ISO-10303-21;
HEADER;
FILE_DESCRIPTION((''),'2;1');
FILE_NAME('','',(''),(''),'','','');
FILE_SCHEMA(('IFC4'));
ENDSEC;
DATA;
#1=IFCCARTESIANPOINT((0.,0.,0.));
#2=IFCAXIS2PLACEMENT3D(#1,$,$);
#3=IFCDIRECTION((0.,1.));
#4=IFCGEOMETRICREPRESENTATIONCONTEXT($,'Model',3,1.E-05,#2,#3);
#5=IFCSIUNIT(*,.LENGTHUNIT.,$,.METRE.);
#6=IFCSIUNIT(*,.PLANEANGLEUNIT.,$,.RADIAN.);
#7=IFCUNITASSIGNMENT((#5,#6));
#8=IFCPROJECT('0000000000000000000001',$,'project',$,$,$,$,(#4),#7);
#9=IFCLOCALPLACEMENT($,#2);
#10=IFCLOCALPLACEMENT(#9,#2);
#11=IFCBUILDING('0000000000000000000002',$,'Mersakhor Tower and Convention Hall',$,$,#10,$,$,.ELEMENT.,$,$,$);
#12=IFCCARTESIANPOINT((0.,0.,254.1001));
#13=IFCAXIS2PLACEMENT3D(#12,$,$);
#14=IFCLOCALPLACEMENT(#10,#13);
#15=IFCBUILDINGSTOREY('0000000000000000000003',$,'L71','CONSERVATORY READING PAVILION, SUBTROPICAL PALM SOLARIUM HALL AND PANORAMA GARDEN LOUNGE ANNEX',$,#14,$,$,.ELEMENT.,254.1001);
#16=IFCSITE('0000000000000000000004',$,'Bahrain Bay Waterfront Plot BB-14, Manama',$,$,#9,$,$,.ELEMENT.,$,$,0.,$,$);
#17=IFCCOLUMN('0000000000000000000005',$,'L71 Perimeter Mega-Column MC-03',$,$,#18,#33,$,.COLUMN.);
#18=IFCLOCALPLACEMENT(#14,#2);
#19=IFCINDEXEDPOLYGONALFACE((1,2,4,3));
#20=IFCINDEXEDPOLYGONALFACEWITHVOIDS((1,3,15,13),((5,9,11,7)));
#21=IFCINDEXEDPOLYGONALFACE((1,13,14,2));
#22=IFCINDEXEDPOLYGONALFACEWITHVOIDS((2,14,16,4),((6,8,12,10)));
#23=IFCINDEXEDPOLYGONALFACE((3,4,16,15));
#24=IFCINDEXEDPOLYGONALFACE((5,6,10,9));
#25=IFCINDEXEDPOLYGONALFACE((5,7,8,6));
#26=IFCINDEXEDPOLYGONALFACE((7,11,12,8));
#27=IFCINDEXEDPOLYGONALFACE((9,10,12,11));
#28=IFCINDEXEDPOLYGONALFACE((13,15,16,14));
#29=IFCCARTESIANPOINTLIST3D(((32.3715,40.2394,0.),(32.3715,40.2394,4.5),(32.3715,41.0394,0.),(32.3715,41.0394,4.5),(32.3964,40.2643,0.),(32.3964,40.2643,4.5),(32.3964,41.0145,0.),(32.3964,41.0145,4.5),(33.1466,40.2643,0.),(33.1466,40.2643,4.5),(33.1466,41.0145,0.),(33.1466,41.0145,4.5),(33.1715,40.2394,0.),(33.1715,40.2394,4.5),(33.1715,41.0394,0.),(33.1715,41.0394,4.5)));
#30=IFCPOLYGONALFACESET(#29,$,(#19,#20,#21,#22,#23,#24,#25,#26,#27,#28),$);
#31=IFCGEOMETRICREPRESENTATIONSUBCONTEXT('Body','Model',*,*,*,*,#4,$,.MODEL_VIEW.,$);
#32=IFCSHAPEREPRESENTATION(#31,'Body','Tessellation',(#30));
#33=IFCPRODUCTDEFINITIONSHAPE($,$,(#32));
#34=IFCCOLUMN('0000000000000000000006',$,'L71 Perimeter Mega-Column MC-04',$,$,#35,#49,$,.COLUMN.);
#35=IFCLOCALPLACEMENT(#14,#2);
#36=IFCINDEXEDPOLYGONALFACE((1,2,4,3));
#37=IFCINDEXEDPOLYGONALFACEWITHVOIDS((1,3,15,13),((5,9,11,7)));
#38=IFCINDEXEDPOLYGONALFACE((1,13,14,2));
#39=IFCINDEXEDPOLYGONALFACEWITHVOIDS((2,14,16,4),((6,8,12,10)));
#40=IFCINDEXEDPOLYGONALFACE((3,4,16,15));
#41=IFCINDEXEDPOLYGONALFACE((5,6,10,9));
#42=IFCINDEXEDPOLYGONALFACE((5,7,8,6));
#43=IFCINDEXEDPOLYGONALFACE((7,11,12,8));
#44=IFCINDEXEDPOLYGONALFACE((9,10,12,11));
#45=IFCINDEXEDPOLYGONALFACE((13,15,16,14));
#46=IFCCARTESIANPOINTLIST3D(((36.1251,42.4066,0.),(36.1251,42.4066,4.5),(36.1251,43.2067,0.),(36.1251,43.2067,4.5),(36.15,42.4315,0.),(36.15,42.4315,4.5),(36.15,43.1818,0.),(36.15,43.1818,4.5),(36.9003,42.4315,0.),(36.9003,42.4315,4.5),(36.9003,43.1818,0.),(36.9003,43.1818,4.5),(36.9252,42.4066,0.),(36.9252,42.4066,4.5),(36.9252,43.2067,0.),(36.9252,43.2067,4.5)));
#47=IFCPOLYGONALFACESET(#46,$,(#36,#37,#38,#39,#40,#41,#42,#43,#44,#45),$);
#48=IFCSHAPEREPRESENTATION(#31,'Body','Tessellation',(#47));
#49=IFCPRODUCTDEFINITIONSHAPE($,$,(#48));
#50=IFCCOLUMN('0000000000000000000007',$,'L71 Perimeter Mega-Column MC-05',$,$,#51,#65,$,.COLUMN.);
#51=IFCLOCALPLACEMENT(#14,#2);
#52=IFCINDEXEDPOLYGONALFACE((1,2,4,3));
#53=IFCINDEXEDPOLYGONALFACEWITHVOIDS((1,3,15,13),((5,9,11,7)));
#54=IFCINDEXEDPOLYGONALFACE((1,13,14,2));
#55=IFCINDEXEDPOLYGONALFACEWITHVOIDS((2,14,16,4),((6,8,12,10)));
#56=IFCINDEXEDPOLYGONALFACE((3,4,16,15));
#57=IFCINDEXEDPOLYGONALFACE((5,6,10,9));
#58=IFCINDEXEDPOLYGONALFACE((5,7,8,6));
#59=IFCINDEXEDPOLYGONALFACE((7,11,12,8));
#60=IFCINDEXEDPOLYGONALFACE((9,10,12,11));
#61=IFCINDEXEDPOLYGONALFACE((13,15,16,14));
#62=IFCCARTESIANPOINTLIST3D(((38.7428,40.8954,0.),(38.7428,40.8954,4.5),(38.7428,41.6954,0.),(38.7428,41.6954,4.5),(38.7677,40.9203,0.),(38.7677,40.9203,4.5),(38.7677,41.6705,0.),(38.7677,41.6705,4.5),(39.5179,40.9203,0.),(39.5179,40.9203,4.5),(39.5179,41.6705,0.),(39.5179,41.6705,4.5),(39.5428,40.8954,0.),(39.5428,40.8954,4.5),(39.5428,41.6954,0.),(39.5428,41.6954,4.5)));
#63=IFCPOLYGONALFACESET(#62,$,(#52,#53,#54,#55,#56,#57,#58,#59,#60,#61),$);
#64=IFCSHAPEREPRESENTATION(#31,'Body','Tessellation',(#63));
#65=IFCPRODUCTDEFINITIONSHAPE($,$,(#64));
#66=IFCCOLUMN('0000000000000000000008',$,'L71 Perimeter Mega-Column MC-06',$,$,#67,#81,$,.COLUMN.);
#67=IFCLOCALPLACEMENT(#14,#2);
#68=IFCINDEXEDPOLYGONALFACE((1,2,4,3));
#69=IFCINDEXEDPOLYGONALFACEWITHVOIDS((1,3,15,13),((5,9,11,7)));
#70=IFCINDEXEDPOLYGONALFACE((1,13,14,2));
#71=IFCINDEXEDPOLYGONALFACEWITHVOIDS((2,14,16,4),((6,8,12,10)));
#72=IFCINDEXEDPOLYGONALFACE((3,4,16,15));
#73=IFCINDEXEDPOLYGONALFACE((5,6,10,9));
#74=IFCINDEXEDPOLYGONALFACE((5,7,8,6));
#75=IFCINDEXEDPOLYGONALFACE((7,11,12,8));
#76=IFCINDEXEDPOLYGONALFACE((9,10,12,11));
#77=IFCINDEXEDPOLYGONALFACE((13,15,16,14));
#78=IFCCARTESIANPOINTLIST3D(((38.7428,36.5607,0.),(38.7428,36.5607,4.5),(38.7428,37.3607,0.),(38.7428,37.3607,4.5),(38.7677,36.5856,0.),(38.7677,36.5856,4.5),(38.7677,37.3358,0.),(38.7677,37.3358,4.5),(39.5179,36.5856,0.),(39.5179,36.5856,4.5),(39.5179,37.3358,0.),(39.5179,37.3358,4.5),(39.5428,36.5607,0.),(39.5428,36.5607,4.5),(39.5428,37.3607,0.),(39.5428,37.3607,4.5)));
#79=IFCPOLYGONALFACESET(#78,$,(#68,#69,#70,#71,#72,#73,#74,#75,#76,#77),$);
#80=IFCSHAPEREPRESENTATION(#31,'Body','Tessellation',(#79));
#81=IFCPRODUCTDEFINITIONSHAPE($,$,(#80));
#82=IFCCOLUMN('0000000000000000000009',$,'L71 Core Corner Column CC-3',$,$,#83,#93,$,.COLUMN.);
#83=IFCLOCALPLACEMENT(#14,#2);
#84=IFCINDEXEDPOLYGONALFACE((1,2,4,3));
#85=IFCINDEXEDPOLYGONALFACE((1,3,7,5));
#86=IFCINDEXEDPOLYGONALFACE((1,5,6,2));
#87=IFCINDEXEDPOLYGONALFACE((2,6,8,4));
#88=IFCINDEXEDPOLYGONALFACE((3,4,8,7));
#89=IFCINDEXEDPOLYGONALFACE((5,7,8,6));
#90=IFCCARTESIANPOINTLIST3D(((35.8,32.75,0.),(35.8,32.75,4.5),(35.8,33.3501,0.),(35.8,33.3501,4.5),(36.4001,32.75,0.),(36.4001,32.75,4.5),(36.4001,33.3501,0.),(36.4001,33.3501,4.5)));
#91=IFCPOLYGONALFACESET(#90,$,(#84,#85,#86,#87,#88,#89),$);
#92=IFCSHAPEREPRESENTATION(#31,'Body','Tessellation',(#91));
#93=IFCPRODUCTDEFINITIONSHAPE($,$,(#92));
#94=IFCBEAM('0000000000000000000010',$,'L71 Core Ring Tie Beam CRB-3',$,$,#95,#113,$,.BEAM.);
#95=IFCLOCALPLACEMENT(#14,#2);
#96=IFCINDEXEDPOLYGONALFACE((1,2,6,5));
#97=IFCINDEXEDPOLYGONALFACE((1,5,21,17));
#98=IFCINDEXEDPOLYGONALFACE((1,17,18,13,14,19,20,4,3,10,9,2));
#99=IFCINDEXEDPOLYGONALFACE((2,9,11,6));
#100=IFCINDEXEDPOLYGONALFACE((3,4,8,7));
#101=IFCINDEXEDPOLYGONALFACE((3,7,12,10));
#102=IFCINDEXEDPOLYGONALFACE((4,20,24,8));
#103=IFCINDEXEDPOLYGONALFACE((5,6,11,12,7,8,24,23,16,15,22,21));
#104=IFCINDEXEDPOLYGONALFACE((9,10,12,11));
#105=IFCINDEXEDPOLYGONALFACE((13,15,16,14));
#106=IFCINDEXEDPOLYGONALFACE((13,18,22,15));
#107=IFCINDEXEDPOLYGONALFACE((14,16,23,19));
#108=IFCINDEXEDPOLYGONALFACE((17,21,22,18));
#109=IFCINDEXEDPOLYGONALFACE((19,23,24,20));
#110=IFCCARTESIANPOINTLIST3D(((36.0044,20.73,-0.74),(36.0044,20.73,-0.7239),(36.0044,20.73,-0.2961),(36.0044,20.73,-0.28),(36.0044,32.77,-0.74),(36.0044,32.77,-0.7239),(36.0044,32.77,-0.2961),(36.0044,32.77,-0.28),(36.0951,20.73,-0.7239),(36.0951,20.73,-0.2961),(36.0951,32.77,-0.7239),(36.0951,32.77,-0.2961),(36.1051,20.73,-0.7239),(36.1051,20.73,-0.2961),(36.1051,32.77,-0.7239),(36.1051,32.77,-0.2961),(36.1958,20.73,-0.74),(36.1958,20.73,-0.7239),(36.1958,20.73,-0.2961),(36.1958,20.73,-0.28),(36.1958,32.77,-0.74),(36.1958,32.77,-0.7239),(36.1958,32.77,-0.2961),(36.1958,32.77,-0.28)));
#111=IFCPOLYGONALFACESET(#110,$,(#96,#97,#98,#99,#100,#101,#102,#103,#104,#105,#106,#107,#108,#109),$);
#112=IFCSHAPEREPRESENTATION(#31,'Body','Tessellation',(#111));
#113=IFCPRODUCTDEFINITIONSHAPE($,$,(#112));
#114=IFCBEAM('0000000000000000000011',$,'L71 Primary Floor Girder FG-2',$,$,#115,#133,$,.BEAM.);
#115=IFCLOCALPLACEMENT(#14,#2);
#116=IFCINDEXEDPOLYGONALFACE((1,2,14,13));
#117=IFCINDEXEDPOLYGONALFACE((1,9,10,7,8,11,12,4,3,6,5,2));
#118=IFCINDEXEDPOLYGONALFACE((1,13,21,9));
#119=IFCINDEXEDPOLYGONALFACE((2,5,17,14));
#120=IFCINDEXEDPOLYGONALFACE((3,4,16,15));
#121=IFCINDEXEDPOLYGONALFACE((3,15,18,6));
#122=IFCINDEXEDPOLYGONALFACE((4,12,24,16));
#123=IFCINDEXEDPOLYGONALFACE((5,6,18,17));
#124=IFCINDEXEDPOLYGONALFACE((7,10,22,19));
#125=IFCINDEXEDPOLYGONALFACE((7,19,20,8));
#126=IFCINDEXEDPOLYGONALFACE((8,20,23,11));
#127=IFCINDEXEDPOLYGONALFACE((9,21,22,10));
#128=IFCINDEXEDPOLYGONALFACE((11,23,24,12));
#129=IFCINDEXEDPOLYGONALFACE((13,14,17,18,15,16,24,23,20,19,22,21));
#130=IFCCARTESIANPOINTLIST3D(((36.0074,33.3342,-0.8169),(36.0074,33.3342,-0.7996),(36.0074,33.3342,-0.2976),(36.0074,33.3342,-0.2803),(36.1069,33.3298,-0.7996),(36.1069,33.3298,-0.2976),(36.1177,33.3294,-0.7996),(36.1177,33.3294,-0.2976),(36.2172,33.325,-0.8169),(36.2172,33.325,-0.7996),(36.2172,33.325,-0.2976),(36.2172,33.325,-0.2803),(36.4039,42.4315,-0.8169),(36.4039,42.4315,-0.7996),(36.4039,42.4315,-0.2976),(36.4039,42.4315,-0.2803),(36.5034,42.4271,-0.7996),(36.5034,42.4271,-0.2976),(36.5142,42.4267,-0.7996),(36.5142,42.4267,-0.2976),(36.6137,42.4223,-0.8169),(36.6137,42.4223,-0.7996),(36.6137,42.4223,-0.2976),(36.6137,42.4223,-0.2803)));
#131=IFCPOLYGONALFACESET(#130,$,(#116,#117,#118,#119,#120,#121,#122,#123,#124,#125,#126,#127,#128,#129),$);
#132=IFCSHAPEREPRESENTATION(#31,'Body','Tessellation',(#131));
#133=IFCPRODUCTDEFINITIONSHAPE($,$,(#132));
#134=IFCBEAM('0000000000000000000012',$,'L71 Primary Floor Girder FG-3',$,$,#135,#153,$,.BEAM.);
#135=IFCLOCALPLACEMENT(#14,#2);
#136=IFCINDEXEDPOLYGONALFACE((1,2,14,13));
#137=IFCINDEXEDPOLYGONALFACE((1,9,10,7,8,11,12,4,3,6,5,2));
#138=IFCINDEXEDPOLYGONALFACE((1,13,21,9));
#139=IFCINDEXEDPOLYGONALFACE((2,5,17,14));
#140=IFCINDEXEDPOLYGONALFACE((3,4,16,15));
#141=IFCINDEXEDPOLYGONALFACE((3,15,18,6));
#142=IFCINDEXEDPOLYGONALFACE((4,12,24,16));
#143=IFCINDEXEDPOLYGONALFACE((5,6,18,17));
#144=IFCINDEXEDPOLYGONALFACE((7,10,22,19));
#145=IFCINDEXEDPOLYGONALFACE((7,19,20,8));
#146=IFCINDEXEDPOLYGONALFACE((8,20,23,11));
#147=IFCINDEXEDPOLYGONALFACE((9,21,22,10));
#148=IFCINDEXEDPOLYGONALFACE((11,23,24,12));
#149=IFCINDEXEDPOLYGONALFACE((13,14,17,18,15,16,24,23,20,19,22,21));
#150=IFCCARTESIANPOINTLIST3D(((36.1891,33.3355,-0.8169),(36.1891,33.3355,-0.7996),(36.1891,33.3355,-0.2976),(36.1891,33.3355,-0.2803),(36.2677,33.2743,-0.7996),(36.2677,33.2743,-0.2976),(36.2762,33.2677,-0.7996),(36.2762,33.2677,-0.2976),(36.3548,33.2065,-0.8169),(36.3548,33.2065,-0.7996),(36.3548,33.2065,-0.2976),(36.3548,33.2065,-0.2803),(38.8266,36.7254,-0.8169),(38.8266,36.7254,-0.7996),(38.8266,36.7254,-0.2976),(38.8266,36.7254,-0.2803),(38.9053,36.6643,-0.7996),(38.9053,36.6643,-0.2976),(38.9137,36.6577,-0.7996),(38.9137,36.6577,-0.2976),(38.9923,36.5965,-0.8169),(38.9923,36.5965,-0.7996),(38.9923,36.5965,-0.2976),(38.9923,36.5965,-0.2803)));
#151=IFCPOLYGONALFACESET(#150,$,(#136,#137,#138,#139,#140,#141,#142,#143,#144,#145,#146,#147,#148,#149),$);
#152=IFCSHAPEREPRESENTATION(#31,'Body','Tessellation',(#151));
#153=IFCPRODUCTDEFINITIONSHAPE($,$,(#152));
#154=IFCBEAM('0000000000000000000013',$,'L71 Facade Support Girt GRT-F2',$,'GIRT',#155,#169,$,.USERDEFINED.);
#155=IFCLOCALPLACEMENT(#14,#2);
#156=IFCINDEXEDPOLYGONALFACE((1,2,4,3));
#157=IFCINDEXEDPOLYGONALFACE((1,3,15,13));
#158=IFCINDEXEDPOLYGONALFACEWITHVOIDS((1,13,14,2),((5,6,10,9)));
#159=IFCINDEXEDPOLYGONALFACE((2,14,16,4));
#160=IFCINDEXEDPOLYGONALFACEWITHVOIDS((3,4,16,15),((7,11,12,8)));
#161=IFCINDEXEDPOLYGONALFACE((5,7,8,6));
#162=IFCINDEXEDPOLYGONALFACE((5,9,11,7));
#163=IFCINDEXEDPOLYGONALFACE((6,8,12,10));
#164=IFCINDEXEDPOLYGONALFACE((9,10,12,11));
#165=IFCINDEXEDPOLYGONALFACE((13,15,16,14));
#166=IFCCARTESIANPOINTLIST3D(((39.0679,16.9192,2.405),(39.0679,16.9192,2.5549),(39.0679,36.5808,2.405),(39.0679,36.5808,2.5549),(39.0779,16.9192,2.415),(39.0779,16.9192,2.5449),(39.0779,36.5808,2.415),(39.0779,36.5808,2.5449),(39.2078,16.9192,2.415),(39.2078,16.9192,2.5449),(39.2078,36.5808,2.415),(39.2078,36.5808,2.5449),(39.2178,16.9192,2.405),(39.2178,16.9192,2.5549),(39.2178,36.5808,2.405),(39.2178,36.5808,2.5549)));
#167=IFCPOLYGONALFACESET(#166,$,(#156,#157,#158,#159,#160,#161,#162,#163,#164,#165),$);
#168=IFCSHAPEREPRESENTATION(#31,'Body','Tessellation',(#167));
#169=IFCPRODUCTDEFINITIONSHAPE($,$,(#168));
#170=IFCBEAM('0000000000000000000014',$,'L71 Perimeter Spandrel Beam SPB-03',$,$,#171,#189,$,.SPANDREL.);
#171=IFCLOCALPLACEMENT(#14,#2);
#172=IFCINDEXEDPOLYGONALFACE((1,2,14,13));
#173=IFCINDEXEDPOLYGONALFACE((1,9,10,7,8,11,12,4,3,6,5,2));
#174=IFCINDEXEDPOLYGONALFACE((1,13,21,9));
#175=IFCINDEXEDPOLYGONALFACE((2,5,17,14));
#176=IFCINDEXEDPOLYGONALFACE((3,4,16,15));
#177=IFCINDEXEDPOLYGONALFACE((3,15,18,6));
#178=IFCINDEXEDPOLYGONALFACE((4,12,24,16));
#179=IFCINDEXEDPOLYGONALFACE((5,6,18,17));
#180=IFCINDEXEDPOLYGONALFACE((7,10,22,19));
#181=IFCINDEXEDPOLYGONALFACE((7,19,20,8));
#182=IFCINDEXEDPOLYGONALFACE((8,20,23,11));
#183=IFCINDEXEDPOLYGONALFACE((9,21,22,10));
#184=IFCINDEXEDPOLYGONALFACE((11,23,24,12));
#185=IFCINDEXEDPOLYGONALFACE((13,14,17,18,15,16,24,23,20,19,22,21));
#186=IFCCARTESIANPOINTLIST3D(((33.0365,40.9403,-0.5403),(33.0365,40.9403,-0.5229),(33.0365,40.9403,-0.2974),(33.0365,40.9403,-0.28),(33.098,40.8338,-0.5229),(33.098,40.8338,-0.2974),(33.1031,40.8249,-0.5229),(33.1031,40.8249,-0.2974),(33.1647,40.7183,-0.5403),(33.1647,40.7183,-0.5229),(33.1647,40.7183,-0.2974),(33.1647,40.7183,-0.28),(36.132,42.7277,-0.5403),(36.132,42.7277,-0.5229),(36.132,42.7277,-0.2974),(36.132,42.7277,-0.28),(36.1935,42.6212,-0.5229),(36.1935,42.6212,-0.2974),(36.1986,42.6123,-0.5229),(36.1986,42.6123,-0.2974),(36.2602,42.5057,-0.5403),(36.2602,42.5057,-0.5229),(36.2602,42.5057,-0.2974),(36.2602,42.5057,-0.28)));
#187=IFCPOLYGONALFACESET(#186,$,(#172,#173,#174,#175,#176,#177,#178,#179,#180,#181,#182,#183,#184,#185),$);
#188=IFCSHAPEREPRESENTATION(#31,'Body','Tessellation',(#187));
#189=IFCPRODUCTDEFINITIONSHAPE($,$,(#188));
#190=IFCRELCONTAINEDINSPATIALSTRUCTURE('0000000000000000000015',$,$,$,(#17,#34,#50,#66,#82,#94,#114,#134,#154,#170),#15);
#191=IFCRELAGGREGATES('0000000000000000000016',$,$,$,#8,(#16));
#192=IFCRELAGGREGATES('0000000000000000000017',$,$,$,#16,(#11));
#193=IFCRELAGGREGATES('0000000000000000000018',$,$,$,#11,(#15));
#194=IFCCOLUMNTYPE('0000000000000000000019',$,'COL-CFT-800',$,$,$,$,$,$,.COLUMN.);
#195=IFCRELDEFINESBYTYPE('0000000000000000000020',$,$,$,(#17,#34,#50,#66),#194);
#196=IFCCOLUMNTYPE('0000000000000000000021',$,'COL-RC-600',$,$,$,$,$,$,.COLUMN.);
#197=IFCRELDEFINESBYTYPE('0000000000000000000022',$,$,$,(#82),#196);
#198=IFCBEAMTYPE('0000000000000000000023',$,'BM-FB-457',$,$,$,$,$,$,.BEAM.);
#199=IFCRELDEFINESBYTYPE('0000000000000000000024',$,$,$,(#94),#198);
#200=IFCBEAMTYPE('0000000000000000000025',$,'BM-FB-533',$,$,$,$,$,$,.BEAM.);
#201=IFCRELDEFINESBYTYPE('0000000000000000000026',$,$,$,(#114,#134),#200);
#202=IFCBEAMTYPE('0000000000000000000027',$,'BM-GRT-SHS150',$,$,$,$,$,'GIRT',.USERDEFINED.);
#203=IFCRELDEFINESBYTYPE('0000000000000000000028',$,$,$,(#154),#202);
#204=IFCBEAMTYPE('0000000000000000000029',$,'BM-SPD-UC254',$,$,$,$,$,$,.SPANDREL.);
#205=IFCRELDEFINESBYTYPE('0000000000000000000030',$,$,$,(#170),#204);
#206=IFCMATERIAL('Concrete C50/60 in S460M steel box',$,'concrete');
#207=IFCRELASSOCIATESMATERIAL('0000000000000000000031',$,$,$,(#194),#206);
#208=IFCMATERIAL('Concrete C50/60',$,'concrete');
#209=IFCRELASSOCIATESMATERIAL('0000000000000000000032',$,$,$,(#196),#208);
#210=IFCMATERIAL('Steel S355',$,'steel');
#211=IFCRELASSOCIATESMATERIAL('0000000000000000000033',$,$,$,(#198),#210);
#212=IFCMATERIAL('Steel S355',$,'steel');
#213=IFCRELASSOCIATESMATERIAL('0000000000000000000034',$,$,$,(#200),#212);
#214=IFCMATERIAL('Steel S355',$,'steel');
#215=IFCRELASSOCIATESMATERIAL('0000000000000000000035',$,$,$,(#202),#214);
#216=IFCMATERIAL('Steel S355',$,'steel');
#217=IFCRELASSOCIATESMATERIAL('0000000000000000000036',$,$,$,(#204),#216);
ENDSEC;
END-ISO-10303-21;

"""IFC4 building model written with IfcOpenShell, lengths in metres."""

from ifc_helpers import new_model, si_unit, direction, frame, origin, origin_2d, place, context, subcontext, project, spatial, rectangle, hollow_rectangle, i_section, extrude, material, material_profile, profile_set, type_object, element, save


model = new_model("IFC4")

# Units and contexts
model_context = context("Model", 3, precision=1e-05, world=origin(), true_north=direction((0.0, 1.0)))
body_context = subcontext(model_context, "Body", "Model", "MODEL_VIEW")
ifc_project = project(units=[si_unit("LENGTHUNIT", "METRE"), si_unit("PLANEANGLEUNIT", "RADIAN")], contexts=[model_context])

# Site, building, storey
site_placement = place(None, origin())
site = spatial("IfcSite", under=ifc_project, at=site_placement, Name="Bahrain Bay Waterfront Plot BB-14, Manama", CompositionType="ELEMENT", RefElevation=0.0)
building_placement = place(site_placement, origin())
building = spatial("IfcBuilding", under=site, at=building_placement, Name="Mersakhor Tower and Convention Hall", CompositionType="ELEMENT")
storey_placement = place(building_placement, frame((0.0, 0.0, 254.1001)))
storey = spatial("IfcBuildingStorey", under=building, at=storey_placement, Name="L71", Description="CONSERVATORY READING PAVILION, SUBTROPICAL PALM SOLARIUM HALL AND PANORAMA GARDEN LOUNGE ANNEX", CompositionType="ELEMENT", Elevation=254.1001)

# Columns
ifc_material_1 = material(Name="Concrete C50/60 in S460M steel box", Category="concrete")
ifc_material_profile_1 = material_profile(ifc_material_1, hollow_rectangle(XDim=0.8, YDim=0.8, WallThickness=0.0249, at=origin_2d()), Name="SHS 800x800x25")
ifc_profile_set_1 = profile_set([ifc_material_profile_1], Name="Concrete C50/60 in S460M steel box")
column_type_1 = type_object("IfcColumnType", Name="COL-CFT-800", PredefinedType="COLUMN", material=ifc_profile_set_1)
for number, where, z_axis, x_axis, name in (
    (1, (32.7715, 40.6394, 0.0), (0.0, 0.0, 1.0), (1.0, 0.0, 0.0), "L71 Perimeter Mega-Column MC-03"),
    (2, (36.5251, 42.8066, 0.0), (0.0, 0.0, 1.0), (1.0, 0.0, 0.0), "L71 Perimeter Mega-Column MC-04"),
    (3, (39.1428, 41.2954, 0.0), (0.0, 0.0, 1.0), (1.0, 0.0, 0.0), "L71 Perimeter Mega-Column MC-05"),
    (4, (39.1428, 36.9607, 0.0), (0.0, 0.0, 1.0), (1.0, 0.0, 0.0), "L71 Perimeter Mega-Column MC-06"),
):
    element("IfcColumn", number, at=place(storey_placement, frame(where, z_axis=z_axis, x_axis=x_axis)), inside=storey, type_object=column_type_1, Name=name, PredefinedType="COLUMN", context=body_context, shape_type="SweptSolid", body=[
        extrude(hollow_rectangle(XDim=0.8, YDim=0.8, WallThickness=0.0249, at=origin_2d()), origin(), (0.0, 0.0, 1.0), 4.5),
    ])
ifc_material_2 = material(Name="Concrete C50/60", Category="concrete")
ifc_material_profile_2 = material_profile(ifc_material_2, rectangle(XDim=0.6001, YDim=0.6001, at=origin_2d()), Name="RC 600x600")
ifc_profile_set_2 = profile_set([ifc_material_profile_2], Name="Concrete C50/60")
column_type_2 = type_object("IfcColumnType", Name="COL-RC-600", PredefinedType="COLUMN", material=ifc_profile_set_2)
column_placement = place(storey_placement, frame((36.1001, 33.05, 0.0), z_axis=(0.0, 0.0, 1.0), x_axis=(1.0, 0.0, 0.0)))
element("IfcColumn", 5, at=column_placement, inside=storey, type_object=column_type_2, Name="L71 Core Corner Column CC-3", PredefinedType="COLUMN", context=body_context, shape_type="SweptSolid", body=[
    extrude(rectangle(XDim=0.6001, YDim=0.6001, at=origin_2d()), origin(), (0.0, 0.0, 1.0), 4.5),
])

# Beams
ifc_material_3 = material(Name="Steel S355", Category="steel")
ifc_material_profile_3 = material_profile(ifc_material_3, i_section(OverallWidth=0.1914, OverallDepth=0.46, WebThickness=0.01, FlangeThickness=0.0161, at=origin_2d()), Name="UB 457x191x82")
ifc_profile_set_3 = profile_set([ifc_material_profile_3], Name="Steel S355")
beam_type_1 = type_object("IfcBeamType", Name="BM-FB-457", PredefinedType="BEAM", material=ifc_profile_set_3)
beam_1_placement = place(storey_placement, frame((36.1001, 32.77, -0.51), z_axis=(0.0, -1.0, 0.0), x_axis=(1.0, 0.0, 0.0)))
element("IfcBeam", 6, at=beam_1_placement, inside=storey, type_object=beam_type_1, Name="L71 Core Ring Tie Beam CRB-3", PredefinedType="BEAM", context=body_context, shape_type="SweptSolid", body=[
    extrude(i_section(OverallWidth=0.1914, OverallDepth=0.46, WebThickness=0.01, FlangeThickness=0.0161, at=origin_2d()), origin(), (0.0, 0.0, 1.0), 12.04),
])
ifc_material_4 = material(Name="Steel S355", Category="steel")
ifc_material_profile_4 = material_profile(ifc_material_4, i_section(OverallWidth=0.21, OverallDepth=0.5366, WebThickness=0.0107, FlangeThickness=0.0173, at=origin_2d()), Name="UB 533x210x101")
ifc_profile_set_4 = profile_set([ifc_material_profile_4], Name="Steel S355")
beam_type_2 = type_object("IfcBeamType", Name="BM-FB-533", PredefinedType="BEAM", material=ifc_profile_set_4)
beam_2_placement = place(storey_placement, frame((36.1123, 33.3296, -0.5486), z_axis=(0.043541, 0.999052, 0.0), x_axis=(-0.999052, 0.043541, 0.0)))
element("IfcBeam", 7, at=beam_2_placement, inside=storey, type_object=beam_type_2, Name="L71 Primary Floor Girder FG-2", PredefinedType="BEAM", context=body_context, shape_type="SweptSolid", body=[
    extrude(i_section(OverallWidth=0.21, OverallDepth=0.5366, WebThickness=0.0107, FlangeThickness=0.0173, at=origin_2d()), origin(), (0.0, 0.0, 1.0), 9.106),
])
beam_3_placement = place(storey_placement, frame((36.272, 33.271, -0.5486), z_axis=(0.614067, 0.789254, 0.0), x_axis=(-0.789254, 0.614067, 0.0)))
element("IfcBeam", 8, at=beam_3_placement, inside=storey, type_object=beam_type_2, Name="L71 Primary Floor Girder FG-3", PredefinedType="BEAM", context=body_context, shape_type="SweptSolid", body=[
    extrude(i_section(OverallWidth=0.21, OverallDepth=0.5366, WebThickness=0.0107, FlangeThickness=0.0173, at=origin_2d()), origin(), (0.0, 0.0, 1.0), 4.2952),
])
ifc_material_5 = material(Name="Steel S355", Category="steel")
ifc_material_profile_5 = material_profile(ifc_material_5, hollow_rectangle(XDim=0.1499, YDim=0.1499, WallThickness=0.01, at=origin_2d()), Name="SHS 150x150x10")
ifc_profile_set_5 = profile_set([ifc_material_profile_5], Name="Steel S355")
beam_type_3 = type_object("IfcBeamType", Name="BM-GRT-SHS150", ElementType="GIRT", PredefinedType="USERDEFINED", material=ifc_profile_set_5)
beam_4_placement = place(storey_placement, frame((39.1428, 36.5808, 2.48), z_axis=(0.0, -1.0, 0.0), x_axis=(1.0, 0.0, 0.0)))
element("IfcBeam", 9, at=beam_4_placement, inside=storey, type_object=beam_type_3, Name="L71 Facade Support Girt GRT-F2", ObjectType="GIRT", PredefinedType="USERDEFINED", context=body_context, shape_type="SweptSolid", body=[
    extrude(hollow_rectangle(XDim=0.1499, YDim=0.1499, WallThickness=0.01, at=origin_2d()), origin(), (0.0, 0.0, 1.0), 19.6616),
])
ifc_material_6 = material(Name="Steel S355", Category="steel")
ifc_material_profile_6 = material_profile(ifc_material_6, i_section(OverallWidth=0.2563, OverallDepth=0.2603, WebThickness=0.0103, FlangeThickness=0.0173, at=origin_2d()), Name="UC 254x254x89")
ifc_profile_set_6 = profile_set([ifc_material_profile_6], Name="Steel S355")
beam_type_4 = type_object("IfcBeamType", Name="BM-SPD-UC254", PredefinedType="SPANDREL", material=ifc_profile_set_6)
beam_5_placement = place(storey_placement, frame((33.1006, 40.8293, -0.4102), z_axis=(0.866002, 0.50004, 0.0), x_axis=(-0.50004, 0.866002, 0.0)))
element("IfcBeam", 10, at=beam_5_placement, inside=storey, type_object=beam_type_4, Name="L71 Perimeter Spandrel Beam SPB-03", PredefinedType="SPANDREL", context=body_context, shape_type="SweptSolid", body=[
    extrude(i_section(OverallWidth=0.2563, OverallDepth=0.2603, WebThickness=0.0103, FlangeThickness=0.0173, at=origin_2d()), origin(), (0.0, 0.0, 1.0), 3.5745),
])

save(model, "model.ifc")
